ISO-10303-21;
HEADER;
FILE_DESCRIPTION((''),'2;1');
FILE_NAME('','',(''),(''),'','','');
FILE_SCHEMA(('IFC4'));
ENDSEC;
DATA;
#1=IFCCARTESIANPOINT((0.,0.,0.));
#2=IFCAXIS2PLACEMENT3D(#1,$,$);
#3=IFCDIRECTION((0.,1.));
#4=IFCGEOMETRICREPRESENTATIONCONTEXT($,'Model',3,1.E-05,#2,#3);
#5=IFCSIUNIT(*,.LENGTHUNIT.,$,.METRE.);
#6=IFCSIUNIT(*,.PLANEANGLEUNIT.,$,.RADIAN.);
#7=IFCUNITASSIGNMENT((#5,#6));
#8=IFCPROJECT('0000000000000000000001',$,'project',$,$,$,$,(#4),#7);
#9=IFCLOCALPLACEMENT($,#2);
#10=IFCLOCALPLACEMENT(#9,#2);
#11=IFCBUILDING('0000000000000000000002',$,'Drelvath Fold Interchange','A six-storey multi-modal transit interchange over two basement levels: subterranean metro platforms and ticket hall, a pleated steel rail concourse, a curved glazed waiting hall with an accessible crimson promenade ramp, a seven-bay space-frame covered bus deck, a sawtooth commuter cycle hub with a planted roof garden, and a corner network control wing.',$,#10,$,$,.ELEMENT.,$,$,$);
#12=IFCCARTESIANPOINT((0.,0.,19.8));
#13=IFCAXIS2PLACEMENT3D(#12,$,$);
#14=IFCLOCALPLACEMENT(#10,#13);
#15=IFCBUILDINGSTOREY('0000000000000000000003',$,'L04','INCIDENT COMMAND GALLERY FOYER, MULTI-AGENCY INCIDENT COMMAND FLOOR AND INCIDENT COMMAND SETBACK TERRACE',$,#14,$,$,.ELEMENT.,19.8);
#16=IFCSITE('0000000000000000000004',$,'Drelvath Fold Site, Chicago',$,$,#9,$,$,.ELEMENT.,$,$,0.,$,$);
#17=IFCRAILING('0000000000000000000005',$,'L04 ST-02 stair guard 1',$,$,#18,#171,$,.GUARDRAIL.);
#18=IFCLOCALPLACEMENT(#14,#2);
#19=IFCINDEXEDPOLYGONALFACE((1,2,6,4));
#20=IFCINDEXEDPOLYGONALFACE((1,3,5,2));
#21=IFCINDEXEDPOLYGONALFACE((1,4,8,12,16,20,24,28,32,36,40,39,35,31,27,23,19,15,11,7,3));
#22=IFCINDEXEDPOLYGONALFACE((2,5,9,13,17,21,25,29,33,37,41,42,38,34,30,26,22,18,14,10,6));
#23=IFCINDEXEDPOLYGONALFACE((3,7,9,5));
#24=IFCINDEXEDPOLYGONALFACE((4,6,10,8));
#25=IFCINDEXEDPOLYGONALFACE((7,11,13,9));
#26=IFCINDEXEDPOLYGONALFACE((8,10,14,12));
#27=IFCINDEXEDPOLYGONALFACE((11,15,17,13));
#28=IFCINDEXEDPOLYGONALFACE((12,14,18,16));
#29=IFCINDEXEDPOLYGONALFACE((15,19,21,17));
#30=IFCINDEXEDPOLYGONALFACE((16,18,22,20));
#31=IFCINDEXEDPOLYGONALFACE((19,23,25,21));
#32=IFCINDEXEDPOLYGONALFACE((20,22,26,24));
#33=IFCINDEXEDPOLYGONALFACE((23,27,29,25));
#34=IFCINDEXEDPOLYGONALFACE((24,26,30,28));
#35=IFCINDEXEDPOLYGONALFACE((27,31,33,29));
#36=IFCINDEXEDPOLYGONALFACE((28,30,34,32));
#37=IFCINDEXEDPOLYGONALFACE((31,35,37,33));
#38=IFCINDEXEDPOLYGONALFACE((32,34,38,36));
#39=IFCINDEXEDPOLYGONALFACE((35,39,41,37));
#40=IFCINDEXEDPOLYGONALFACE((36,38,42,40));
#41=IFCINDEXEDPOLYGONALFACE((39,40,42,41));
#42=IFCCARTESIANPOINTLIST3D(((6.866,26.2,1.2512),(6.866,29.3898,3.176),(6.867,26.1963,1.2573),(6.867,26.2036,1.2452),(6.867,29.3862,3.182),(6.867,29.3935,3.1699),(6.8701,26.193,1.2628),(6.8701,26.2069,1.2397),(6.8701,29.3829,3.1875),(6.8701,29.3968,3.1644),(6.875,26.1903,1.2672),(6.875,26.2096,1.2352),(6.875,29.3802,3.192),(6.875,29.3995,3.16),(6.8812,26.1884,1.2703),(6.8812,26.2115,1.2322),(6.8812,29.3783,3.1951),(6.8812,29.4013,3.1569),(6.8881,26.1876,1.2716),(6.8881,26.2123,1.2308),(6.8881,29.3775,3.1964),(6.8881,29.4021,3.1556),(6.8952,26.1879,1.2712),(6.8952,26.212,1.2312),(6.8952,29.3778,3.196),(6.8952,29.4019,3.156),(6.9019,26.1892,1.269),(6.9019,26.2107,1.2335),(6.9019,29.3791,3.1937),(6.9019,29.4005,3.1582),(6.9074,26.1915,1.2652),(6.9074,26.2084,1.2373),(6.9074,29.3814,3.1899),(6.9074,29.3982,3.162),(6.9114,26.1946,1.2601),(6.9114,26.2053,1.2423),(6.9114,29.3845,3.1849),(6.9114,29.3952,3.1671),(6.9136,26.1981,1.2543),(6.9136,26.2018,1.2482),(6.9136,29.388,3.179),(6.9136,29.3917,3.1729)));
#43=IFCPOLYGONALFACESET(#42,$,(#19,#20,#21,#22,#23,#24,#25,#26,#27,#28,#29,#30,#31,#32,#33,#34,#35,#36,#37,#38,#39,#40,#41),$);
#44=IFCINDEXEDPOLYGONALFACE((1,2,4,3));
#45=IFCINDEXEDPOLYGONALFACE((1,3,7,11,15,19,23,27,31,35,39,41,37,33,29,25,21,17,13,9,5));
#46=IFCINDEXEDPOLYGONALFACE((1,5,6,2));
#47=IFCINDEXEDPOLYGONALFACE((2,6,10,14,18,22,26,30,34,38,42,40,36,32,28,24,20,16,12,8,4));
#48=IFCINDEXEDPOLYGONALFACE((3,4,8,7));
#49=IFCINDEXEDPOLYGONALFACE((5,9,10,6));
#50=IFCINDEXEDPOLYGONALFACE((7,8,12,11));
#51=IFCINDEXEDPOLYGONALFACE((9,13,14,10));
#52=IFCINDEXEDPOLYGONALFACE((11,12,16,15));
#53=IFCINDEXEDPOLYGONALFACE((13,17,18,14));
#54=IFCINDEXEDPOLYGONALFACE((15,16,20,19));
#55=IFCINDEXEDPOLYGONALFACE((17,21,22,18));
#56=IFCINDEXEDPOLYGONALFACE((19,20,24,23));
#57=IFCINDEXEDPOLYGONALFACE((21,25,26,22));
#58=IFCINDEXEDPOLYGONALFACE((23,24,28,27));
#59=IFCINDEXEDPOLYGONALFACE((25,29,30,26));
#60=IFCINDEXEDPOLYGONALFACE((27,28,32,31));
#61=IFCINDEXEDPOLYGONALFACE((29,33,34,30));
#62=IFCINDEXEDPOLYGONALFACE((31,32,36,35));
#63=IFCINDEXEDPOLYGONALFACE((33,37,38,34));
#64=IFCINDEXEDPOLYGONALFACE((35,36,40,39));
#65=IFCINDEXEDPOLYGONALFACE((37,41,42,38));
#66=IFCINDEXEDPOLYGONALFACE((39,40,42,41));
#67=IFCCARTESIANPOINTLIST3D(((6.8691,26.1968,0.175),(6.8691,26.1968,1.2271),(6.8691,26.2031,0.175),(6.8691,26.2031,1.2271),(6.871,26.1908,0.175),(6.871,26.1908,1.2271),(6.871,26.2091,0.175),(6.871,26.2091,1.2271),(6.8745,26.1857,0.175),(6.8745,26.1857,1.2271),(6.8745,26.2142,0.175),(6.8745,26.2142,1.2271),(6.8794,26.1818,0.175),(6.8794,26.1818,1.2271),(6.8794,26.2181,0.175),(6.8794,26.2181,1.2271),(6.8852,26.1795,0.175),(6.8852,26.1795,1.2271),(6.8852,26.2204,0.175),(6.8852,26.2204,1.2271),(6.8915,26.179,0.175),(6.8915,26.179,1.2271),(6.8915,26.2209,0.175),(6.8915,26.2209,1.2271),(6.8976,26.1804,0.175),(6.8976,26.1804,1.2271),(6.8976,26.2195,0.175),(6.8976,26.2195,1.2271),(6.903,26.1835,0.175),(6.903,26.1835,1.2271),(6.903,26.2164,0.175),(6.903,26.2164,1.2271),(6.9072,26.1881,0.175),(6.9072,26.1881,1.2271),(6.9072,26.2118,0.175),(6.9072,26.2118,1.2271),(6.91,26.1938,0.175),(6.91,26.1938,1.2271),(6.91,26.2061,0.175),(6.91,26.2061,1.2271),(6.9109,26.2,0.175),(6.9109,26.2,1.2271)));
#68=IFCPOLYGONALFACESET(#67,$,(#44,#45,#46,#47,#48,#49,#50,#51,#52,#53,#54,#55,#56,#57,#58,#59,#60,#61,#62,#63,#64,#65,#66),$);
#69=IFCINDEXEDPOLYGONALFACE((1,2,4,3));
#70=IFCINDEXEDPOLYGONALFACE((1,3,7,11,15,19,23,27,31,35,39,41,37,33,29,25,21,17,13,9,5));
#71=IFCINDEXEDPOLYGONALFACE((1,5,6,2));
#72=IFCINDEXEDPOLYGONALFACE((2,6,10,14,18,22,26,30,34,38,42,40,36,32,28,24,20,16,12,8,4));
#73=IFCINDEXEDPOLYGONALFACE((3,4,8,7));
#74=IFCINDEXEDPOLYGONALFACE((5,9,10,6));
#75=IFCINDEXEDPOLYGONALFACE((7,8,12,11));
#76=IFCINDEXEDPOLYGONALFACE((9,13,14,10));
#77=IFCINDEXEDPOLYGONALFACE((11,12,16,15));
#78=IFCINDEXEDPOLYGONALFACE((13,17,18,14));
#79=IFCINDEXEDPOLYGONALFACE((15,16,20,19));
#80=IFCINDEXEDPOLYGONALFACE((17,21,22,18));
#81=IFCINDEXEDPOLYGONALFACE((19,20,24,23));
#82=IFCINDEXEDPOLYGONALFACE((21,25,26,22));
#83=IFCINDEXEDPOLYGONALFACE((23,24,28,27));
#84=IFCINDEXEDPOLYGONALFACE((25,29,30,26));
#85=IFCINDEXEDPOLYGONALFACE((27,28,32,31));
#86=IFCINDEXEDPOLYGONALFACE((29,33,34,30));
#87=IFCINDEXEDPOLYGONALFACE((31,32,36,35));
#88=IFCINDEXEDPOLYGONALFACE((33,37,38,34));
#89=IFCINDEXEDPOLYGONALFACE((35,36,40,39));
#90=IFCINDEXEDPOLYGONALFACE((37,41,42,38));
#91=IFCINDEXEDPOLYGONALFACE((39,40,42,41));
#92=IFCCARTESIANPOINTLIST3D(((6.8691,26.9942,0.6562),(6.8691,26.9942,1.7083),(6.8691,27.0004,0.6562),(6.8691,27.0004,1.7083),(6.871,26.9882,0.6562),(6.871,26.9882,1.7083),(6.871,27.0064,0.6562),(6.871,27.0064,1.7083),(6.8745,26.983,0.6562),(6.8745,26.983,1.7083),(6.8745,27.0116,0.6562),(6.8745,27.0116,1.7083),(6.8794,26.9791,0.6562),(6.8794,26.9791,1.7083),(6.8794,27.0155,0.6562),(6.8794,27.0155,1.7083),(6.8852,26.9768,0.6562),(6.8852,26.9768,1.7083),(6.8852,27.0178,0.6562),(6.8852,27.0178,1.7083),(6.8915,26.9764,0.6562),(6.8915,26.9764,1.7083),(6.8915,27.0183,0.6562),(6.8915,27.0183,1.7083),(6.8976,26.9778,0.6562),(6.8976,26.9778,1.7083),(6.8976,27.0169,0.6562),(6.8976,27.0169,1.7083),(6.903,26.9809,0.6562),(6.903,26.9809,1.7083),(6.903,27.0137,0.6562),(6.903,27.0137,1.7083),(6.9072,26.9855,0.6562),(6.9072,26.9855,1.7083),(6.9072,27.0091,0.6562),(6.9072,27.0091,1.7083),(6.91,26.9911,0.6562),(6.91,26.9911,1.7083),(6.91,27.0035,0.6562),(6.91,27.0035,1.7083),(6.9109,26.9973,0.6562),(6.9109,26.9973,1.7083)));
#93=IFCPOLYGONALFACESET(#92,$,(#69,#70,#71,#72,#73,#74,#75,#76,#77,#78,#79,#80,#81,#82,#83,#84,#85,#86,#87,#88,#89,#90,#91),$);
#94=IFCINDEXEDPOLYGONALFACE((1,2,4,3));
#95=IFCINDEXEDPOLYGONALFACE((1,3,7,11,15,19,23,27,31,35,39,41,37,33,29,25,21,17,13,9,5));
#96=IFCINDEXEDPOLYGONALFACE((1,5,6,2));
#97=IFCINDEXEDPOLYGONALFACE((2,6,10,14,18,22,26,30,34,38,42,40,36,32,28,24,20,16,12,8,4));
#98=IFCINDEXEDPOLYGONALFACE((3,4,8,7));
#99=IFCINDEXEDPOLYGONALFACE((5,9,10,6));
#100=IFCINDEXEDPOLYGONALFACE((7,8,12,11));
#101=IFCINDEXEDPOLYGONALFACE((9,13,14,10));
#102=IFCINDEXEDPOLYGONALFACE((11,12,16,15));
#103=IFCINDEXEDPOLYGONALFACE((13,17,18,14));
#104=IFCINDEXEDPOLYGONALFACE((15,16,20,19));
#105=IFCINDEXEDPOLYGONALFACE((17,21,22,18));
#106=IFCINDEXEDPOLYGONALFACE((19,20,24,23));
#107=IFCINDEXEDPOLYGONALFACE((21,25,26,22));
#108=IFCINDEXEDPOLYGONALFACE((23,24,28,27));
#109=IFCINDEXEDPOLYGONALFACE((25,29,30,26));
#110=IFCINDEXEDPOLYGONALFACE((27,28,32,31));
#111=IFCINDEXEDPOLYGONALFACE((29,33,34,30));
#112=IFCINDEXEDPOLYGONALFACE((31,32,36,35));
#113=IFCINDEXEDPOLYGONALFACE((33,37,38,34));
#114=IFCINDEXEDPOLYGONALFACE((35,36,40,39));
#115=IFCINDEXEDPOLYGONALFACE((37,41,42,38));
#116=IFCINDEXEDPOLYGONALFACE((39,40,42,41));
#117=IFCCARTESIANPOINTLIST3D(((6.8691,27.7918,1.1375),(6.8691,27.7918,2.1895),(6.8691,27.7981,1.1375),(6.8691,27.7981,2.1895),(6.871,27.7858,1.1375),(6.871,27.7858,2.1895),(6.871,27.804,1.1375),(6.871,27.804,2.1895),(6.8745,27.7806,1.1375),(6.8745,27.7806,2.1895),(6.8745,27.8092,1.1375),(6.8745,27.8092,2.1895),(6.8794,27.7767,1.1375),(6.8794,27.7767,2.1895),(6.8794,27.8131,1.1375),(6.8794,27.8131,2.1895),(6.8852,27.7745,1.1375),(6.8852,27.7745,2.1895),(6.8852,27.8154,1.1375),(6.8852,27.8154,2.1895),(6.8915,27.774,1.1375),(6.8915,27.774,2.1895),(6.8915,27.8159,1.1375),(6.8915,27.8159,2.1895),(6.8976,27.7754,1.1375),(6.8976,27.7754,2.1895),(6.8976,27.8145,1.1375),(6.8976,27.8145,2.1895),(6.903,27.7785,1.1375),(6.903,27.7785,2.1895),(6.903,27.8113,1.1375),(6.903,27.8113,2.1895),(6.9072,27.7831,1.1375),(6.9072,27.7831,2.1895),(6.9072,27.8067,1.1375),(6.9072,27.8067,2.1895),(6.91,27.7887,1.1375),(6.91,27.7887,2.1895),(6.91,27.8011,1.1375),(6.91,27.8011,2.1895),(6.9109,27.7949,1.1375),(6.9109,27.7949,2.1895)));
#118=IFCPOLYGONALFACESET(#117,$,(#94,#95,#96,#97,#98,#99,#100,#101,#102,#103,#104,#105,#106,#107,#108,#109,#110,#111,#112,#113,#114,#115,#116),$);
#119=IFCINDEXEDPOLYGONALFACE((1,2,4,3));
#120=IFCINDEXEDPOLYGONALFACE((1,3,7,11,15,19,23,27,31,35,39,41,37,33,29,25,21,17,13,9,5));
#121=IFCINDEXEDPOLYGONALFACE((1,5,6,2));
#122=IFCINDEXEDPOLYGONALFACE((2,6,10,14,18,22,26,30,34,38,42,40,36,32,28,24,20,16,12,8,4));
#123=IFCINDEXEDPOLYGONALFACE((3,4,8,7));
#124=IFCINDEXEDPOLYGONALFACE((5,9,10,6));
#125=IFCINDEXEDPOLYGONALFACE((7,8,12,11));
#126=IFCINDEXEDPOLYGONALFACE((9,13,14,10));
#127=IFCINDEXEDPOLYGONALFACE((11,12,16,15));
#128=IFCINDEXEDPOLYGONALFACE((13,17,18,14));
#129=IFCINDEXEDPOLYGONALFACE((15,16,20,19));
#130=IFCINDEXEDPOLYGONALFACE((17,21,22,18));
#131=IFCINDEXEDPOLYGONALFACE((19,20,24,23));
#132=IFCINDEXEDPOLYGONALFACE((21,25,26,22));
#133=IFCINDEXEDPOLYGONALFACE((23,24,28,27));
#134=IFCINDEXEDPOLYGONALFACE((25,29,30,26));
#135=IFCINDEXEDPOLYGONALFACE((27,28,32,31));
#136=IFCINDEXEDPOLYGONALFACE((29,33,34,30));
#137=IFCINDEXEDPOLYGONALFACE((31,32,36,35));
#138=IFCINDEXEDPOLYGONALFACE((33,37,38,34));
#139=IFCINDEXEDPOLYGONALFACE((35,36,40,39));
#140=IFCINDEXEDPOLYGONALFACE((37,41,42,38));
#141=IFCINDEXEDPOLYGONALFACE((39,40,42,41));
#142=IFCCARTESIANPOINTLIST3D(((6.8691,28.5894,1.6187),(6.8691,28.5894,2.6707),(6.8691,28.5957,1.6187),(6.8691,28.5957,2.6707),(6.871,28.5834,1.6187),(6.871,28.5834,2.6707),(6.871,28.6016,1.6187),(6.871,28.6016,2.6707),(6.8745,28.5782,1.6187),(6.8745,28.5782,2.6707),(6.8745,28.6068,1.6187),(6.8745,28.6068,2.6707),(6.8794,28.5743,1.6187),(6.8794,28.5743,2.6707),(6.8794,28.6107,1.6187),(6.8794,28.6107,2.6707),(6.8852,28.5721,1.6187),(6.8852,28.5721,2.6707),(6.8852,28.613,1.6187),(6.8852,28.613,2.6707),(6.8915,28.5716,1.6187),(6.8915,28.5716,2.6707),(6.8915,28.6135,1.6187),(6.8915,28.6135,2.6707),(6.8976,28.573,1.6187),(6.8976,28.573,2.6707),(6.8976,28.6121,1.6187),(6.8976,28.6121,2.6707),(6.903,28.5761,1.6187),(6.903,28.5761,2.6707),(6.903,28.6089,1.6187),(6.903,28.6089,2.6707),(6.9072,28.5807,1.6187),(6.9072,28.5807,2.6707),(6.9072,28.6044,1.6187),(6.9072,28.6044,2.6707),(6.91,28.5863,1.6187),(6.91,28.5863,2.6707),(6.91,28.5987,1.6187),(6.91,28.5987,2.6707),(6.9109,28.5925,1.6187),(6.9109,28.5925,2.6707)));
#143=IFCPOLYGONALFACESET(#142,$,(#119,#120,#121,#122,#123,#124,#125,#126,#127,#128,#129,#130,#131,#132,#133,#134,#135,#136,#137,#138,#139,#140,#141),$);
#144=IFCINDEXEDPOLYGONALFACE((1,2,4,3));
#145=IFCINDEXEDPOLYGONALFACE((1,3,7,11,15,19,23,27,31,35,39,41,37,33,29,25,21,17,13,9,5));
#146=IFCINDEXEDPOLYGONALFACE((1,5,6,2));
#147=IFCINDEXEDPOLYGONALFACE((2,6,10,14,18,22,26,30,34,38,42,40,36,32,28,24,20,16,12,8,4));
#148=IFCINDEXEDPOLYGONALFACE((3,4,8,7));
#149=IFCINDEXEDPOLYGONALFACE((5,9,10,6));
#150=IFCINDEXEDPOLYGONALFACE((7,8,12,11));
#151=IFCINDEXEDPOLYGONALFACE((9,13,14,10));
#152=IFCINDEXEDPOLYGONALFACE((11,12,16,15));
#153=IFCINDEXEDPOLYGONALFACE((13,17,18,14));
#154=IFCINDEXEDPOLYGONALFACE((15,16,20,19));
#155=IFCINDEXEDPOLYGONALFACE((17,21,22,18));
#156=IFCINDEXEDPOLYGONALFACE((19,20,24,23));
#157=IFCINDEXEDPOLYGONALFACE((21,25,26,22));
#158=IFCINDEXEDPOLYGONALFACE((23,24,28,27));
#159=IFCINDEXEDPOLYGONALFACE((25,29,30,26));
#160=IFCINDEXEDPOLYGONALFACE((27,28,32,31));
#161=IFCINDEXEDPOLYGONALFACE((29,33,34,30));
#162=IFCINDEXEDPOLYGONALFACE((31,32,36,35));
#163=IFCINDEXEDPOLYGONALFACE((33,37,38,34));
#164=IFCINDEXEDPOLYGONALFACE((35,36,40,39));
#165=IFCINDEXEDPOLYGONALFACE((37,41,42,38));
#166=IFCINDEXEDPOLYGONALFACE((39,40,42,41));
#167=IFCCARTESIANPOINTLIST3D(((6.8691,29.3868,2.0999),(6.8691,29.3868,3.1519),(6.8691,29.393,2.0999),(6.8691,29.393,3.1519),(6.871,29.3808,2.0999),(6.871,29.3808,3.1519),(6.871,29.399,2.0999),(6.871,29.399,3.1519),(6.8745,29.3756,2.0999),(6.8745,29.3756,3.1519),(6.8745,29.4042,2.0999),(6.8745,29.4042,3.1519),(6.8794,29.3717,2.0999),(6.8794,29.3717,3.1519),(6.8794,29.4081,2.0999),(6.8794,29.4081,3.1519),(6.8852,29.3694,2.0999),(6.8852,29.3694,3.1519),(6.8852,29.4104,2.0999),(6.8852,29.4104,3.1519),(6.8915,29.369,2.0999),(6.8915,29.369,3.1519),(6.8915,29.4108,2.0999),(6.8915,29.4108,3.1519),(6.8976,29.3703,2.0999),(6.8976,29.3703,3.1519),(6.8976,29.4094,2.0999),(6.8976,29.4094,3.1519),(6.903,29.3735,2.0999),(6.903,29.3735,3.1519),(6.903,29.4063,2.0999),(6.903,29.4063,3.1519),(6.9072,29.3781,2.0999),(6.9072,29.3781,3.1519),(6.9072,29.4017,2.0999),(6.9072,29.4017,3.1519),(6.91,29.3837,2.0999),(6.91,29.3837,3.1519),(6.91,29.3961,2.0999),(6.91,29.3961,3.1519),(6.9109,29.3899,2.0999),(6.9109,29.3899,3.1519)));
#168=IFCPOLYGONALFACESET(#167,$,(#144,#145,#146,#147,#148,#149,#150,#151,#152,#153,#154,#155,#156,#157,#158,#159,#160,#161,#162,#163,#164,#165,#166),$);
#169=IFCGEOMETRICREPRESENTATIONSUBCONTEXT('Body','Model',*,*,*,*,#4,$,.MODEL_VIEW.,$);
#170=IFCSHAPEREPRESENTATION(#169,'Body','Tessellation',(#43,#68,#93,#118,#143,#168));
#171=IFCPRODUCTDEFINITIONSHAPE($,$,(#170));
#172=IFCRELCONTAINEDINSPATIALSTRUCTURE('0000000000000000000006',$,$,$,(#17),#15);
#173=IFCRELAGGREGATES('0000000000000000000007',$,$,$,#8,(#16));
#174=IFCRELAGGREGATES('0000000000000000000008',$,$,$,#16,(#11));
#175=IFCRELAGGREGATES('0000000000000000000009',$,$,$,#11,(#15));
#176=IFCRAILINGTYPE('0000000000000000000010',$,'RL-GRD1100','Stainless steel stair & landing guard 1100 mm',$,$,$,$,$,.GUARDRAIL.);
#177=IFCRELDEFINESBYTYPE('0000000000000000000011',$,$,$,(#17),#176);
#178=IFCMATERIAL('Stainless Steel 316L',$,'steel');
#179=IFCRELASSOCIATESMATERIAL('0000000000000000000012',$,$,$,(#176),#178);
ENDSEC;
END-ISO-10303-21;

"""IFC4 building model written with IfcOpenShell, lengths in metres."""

from ifc_helpers import new_model, si_unit, direction, frame, origin, origin_2d, place, context, subcontext, project, spatial, circle, extrude, material, type_object, element, save


model = new_model("IFC4")

# Units and contexts
model_context = context("Model", 3, precision=1e-05, world=origin(), true_north=direction((0.0, 1.0)))
body_context = subcontext(model_context, "Body", "Model", "MODEL_VIEW")
ifc_project = project(units=[si_unit("LENGTHUNIT", "METRE"), si_unit("PLANEANGLEUNIT", "RADIAN")], contexts=[model_context])

# Site, building, storey
site_placement = place(None, origin())
site = spatial("IfcSite", under=ifc_project, at=site_placement, Name="Drelvath Fold Site, Chicago", CompositionType="ELEMENT", RefElevation=0.0)
building_placement = place(site_placement, origin())
building = spatial("IfcBuilding", under=site, at=building_placement, Name="Drelvath Fold Interchange", Description="A six-storey multi-modal transit interchange over two basement levels: subterranean metro platforms and ticket hall, a pleated steel rail concourse, a curved glazed waiting hall with an accessible crimson promenade ramp, a seven-bay space-frame covered bus deck, a sawtooth commuter cycle hub with a planted roof garden, and a corner network control wing.", CompositionType="ELEMENT")
storey_placement = place(building_placement, frame((0.0, 0.0, 19.8)))
storey = spatial("IfcBuildingStorey", under=building, at=storey_placement, Name="L04", Description="INCIDENT COMMAND GALLERY FOYER, MULTI-AGENCY INCIDENT COMMAND FLOOR AND INCIDENT COMMAND SETBACK TERRACE", CompositionType="ELEMENT", Elevation=19.8)

# Railing
ifc_material_1 = material(Name="Stainless Steel 316L", Category="steel")
railing_type_1 = type_object("IfcRailingType", Name="RL-GRD1100", Description="Stainless steel stair & landing guard 1100 mm", PredefinedType="GUARDRAIL", material=ifc_material_1)
railing_1_placement = place(storey_placement, frame((6.8899, 26.2, 0.175)))
element("IfcRailing", 1, at=railing_1_placement, inside=storey, type_object=railing_type_1, Name="L04 ST-02 stair guard 1", PredefinedType="GUARDRAIL", context=body_context, shape_type="SweptSolid", body=[
    extrude(circle(Radius=0.0239, at=origin_2d()), frame((0.0, 0.0, 1.0762), z_axis=(0.0, 0.856207, 0.516633), x_axis=(-1.0, 0.0, 0.0)), (0.0, 0.0, 1.0), 3.7256),
    extrude(circle(Radius=0.021, at=origin_2d()), origin(), (0.0, 0.0, 1.0), 1.052),
    extrude(circle(Radius=0.021, at=origin_2d()), frame((0.0, 0.7974, 0.4812)), (0.0, 0.0, 1.0), 1.052),
    extrude(circle(Radius=0.021, at=origin_2d()), frame((0.0, 1.595, 0.9624)), (0.0, 0.0, 1.0), 1.052),
    extrude(circle(Radius=0.021, at=origin_2d()), frame((0.0, 2.3926, 1.4436)), (0.0, 0.0, 1.0), 1.052),
    extrude(circle(Radius=0.021, at=origin_2d()), frame((0.0, 3.1899, 1.9248)), (0.0, 0.0, 1.0), 1.052),
])

save(model, "model.ifc")
